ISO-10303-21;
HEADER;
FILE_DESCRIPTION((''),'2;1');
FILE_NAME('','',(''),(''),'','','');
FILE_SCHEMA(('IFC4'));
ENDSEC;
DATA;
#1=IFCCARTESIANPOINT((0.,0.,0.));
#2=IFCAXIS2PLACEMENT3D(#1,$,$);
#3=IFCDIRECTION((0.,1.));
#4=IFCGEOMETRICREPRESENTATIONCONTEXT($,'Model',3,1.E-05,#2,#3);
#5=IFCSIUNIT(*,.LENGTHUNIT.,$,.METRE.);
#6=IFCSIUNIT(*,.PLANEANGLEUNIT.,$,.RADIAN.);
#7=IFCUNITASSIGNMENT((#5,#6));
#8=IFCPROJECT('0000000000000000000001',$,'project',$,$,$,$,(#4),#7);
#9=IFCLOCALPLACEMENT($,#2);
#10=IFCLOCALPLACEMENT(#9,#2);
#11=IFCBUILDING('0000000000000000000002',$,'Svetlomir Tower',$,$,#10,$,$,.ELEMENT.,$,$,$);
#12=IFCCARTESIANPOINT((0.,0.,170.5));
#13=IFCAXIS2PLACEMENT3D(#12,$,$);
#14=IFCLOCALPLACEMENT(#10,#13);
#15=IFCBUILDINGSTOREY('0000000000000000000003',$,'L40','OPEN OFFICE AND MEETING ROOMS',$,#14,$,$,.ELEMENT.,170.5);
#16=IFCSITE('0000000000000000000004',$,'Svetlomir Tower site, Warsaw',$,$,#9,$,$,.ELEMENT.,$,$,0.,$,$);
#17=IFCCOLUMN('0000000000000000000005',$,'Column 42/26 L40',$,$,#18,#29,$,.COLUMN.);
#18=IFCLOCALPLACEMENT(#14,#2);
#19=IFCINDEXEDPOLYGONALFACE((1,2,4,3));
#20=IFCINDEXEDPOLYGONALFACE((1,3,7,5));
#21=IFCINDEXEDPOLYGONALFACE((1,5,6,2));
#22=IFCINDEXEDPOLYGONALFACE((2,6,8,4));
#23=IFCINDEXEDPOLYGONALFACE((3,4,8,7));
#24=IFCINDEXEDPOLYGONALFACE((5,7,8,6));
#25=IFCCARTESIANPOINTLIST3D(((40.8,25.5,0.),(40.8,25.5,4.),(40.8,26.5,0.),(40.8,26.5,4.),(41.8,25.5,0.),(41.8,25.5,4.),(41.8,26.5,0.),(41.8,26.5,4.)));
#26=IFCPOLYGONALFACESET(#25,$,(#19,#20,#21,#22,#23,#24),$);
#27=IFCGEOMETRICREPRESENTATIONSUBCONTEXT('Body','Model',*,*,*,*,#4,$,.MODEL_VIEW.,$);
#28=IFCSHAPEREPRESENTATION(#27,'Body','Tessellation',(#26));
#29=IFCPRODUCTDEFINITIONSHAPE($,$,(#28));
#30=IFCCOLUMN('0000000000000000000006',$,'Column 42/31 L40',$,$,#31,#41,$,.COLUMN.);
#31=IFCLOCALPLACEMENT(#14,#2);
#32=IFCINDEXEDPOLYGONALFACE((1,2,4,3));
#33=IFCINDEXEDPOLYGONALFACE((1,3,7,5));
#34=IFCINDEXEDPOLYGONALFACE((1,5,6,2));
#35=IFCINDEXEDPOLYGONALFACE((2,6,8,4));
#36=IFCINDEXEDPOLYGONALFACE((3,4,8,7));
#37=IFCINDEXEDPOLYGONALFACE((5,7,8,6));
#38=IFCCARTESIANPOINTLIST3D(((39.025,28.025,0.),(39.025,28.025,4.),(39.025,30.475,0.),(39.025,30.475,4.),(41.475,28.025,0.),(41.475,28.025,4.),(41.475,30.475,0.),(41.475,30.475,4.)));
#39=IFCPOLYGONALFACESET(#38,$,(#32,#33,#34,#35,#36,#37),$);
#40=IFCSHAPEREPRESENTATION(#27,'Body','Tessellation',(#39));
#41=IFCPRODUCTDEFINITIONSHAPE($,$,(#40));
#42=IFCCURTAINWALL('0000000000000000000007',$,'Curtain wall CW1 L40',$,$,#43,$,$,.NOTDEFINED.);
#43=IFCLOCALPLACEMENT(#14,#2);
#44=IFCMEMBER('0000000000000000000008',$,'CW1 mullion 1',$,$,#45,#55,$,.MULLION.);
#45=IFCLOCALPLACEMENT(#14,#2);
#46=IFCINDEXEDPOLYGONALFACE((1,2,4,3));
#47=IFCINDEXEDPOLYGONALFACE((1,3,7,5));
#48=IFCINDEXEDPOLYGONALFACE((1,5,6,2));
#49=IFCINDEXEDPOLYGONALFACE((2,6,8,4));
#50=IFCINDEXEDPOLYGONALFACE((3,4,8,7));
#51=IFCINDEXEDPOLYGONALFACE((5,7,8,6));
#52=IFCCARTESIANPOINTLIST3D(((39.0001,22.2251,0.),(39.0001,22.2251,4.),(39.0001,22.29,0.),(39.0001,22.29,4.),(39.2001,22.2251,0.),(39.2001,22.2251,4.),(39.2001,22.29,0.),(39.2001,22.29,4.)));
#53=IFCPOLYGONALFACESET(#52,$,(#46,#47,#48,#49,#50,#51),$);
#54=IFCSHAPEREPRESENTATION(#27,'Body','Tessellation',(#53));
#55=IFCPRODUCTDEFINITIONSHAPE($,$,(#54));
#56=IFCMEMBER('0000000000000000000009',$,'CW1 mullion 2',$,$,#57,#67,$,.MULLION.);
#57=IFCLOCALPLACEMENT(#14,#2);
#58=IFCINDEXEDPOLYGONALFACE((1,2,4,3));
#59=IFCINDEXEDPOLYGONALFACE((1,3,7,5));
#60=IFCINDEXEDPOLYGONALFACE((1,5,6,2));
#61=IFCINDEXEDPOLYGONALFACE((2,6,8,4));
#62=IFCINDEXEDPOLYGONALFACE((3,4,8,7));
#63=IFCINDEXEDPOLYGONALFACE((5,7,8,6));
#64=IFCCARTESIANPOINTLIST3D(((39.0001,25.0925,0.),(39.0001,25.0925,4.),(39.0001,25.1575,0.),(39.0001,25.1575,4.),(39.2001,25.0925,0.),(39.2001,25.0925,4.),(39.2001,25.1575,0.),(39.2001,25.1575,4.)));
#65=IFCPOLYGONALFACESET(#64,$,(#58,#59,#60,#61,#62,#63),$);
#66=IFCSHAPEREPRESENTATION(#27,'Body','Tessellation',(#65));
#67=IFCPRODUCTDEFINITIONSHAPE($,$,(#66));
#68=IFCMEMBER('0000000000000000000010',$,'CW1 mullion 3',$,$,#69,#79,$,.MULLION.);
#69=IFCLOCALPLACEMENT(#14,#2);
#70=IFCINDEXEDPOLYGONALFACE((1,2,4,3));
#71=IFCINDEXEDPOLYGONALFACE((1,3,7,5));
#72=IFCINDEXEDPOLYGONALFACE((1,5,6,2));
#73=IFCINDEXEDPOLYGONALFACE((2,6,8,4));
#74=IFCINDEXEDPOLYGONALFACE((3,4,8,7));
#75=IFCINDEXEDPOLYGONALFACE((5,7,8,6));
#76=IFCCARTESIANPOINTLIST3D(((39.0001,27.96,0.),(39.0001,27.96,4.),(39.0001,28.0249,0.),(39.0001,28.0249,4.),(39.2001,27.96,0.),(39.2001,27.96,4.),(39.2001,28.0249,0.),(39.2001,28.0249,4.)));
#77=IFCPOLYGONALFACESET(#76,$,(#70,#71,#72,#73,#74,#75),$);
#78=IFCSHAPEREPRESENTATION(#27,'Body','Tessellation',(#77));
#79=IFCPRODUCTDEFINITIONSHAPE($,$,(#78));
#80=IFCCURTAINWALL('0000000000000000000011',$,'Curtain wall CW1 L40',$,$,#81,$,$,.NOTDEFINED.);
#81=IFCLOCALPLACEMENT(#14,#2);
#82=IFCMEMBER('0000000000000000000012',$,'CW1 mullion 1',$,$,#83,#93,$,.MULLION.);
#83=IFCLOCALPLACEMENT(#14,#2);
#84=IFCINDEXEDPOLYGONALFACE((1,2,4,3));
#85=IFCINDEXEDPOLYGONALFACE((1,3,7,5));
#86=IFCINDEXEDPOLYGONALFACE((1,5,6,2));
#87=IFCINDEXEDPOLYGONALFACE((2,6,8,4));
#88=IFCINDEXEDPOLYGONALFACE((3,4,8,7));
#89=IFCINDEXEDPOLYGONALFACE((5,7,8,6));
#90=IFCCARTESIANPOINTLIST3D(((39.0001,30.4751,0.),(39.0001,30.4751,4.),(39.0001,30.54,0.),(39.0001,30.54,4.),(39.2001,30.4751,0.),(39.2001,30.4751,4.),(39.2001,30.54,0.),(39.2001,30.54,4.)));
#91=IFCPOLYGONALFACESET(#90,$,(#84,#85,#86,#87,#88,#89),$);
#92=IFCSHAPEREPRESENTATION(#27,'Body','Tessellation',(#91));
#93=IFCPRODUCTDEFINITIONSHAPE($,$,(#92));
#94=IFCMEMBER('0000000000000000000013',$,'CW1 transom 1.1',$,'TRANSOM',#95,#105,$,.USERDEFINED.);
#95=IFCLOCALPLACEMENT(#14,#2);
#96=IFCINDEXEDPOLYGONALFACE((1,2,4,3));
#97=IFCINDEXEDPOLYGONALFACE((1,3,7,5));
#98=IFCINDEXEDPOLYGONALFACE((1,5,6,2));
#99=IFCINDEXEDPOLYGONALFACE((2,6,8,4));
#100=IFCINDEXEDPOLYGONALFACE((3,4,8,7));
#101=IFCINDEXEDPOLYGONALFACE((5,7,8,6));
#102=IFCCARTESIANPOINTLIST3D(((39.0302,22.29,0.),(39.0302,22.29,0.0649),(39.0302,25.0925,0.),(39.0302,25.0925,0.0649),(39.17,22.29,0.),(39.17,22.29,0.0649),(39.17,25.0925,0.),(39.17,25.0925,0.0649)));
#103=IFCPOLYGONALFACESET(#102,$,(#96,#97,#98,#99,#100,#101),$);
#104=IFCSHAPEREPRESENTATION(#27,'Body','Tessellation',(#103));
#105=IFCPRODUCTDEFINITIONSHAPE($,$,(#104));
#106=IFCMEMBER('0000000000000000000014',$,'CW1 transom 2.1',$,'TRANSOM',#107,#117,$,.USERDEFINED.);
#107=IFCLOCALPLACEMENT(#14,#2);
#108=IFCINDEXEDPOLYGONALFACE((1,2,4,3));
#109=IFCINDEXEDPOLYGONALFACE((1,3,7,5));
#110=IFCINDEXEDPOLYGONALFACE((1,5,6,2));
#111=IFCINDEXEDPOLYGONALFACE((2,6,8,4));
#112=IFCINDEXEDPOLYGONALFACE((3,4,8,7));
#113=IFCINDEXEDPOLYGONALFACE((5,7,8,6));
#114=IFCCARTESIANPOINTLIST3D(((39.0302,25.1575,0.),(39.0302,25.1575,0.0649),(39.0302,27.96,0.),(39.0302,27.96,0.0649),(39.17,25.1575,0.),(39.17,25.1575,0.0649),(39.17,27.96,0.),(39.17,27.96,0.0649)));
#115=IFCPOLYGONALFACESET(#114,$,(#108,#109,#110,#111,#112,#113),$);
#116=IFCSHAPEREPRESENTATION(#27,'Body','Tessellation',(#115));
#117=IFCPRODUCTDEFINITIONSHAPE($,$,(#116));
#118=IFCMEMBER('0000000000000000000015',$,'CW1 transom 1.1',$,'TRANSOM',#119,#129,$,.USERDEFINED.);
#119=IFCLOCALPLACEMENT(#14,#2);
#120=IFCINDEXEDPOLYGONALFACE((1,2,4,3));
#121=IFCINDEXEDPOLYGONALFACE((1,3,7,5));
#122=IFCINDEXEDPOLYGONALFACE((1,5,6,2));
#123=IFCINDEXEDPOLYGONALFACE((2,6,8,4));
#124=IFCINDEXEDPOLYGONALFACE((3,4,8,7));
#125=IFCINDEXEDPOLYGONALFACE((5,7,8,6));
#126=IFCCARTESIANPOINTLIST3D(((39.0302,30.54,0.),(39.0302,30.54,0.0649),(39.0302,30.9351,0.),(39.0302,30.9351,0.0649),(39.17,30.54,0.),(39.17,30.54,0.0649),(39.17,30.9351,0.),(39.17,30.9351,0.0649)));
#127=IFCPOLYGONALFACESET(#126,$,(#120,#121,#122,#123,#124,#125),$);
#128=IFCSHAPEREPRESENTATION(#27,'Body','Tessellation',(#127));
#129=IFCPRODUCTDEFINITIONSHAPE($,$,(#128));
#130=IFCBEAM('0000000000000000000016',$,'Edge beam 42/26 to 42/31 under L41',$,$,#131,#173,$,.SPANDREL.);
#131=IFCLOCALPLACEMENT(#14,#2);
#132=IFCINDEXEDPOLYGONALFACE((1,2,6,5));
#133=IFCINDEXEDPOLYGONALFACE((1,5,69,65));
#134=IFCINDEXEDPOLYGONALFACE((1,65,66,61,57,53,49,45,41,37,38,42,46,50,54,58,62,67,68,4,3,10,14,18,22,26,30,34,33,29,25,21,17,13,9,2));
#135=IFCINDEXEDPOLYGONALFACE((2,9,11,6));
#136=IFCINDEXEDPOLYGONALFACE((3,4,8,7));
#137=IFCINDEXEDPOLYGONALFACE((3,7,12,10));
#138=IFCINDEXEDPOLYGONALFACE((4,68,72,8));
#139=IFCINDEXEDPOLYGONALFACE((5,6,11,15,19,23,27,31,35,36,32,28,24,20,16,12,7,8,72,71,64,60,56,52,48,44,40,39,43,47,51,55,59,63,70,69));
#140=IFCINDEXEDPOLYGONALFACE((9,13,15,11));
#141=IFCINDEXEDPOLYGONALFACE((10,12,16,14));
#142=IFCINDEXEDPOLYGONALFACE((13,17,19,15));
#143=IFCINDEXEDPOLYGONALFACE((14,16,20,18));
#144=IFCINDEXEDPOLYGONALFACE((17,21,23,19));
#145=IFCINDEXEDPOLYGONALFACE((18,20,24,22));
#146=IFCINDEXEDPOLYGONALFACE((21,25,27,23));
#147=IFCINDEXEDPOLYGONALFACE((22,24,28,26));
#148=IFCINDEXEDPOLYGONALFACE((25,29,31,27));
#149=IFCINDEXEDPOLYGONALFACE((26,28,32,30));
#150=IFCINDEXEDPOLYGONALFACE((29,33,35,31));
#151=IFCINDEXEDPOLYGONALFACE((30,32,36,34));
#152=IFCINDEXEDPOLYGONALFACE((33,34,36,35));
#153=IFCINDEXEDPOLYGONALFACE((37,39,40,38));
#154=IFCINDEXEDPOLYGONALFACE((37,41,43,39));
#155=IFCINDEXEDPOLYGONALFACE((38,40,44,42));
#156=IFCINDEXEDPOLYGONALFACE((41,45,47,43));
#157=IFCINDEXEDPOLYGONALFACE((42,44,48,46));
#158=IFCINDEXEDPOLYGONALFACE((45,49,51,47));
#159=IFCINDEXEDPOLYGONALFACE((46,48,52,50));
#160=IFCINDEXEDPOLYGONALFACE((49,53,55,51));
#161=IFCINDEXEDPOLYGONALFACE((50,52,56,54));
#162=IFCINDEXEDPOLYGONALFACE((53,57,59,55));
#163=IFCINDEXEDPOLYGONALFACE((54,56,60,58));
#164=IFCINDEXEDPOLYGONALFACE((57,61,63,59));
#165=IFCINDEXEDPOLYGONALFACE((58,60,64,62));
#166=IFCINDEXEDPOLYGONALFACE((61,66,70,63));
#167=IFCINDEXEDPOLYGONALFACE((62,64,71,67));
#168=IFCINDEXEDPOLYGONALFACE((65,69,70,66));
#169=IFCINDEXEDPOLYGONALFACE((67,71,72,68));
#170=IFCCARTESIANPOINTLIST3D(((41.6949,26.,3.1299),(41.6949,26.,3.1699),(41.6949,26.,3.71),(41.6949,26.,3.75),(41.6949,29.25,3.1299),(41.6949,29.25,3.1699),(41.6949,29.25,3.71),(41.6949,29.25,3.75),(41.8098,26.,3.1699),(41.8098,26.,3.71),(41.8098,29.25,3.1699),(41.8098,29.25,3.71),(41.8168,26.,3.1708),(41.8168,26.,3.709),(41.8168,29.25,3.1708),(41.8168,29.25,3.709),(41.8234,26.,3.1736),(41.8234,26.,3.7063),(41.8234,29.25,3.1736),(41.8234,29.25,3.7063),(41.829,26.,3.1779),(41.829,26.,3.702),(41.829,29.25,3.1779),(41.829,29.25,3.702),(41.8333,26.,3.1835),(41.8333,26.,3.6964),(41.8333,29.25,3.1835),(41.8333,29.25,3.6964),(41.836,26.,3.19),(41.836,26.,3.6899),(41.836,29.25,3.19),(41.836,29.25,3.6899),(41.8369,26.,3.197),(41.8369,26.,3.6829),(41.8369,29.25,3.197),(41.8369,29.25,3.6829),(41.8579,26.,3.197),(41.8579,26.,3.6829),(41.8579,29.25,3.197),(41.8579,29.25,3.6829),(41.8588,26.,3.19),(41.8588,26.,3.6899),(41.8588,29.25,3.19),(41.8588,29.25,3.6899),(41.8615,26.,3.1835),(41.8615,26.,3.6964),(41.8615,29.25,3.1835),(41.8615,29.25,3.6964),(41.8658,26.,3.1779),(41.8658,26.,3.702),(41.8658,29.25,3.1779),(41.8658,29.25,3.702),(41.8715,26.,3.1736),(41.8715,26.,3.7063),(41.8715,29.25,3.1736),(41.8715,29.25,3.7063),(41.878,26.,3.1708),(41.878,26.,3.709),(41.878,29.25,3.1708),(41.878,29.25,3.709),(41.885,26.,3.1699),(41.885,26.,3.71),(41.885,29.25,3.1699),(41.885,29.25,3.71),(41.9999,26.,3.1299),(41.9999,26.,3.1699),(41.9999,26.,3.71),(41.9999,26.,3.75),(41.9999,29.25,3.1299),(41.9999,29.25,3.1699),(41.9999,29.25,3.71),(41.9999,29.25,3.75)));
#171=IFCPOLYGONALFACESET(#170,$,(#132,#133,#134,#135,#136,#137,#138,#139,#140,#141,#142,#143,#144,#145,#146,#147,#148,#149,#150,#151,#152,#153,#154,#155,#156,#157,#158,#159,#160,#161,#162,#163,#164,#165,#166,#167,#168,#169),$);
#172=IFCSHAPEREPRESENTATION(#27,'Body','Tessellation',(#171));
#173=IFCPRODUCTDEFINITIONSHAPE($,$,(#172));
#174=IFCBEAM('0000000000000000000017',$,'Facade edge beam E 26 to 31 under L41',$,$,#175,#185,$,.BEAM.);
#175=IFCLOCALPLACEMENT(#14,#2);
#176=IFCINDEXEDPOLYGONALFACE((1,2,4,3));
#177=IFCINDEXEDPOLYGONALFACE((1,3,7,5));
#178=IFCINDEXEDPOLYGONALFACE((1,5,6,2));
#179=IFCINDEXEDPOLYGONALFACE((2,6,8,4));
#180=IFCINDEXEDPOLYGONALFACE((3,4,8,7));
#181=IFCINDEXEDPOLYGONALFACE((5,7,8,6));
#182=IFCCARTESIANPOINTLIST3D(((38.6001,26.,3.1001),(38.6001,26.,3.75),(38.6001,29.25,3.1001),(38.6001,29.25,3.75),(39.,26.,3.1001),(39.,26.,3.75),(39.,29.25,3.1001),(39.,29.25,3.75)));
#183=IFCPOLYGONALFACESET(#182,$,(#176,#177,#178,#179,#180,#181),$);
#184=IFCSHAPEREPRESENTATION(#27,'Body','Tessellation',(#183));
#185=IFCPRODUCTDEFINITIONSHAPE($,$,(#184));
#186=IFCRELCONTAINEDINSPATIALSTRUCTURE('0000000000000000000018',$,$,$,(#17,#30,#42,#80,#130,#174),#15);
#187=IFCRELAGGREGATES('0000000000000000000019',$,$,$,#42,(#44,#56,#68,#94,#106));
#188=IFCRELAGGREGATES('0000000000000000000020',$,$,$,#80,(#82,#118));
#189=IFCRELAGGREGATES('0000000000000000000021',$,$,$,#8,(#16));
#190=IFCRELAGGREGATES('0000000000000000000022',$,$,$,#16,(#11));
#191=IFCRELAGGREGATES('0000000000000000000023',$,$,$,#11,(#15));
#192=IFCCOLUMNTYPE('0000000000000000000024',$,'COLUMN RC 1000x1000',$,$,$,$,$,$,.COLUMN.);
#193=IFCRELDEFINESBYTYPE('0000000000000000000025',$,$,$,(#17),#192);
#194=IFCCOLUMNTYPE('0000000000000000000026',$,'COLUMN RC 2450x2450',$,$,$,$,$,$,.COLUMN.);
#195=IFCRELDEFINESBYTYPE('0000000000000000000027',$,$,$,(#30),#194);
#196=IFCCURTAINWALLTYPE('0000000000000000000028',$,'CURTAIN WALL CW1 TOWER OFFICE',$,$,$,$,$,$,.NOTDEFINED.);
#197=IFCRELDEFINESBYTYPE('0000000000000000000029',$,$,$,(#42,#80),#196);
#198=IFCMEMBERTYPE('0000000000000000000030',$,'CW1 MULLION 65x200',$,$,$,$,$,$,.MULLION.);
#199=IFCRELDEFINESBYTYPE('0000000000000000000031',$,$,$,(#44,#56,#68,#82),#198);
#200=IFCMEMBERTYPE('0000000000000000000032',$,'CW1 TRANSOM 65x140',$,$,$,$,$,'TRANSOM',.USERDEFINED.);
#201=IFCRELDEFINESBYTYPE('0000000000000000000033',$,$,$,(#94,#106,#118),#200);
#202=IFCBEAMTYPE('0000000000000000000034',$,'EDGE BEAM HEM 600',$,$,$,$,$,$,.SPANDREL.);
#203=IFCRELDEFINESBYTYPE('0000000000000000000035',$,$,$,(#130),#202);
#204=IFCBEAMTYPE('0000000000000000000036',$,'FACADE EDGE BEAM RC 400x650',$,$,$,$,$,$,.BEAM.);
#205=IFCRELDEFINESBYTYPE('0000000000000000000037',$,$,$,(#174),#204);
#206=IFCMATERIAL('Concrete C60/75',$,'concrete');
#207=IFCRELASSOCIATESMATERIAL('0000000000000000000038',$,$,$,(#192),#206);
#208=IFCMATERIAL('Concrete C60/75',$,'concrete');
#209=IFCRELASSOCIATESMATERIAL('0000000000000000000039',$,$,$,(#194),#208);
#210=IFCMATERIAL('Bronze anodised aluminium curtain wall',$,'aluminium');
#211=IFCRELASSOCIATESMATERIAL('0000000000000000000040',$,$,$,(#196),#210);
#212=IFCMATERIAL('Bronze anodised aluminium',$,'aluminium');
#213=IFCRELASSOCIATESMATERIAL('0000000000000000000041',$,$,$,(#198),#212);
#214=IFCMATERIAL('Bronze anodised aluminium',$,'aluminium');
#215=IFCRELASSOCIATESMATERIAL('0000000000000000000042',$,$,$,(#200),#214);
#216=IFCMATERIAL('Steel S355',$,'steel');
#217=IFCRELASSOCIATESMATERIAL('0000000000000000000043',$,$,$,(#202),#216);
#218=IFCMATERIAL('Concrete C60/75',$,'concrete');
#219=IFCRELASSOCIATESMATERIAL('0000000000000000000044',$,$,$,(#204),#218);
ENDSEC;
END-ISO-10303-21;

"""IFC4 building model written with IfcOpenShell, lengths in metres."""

from ifc_helpers import new_model, si_unit, direction, frame, origin, origin_2d, place, context, subcontext, project, spatial, rectangle, i_section, extrude, material, material_profile, profile_set, type_object, element, aggregate, save


model = new_model("IFC4")

# Units and contexts
model_context = context("Model", 3, precision=1e-05, world=origin(), true_north=direction((0.0, 1.0)))
body_context = subcontext(model_context, "Body", "Model", "MODEL_VIEW")
ifc_project = project(units=[si_unit("LENGTHUNIT", "METRE"), si_unit("PLANEANGLEUNIT", "RADIAN")], contexts=[model_context])

# Site, building, storey
site_placement = place(None, origin())
site = spatial("IfcSite", under=ifc_project, at=site_placement, Name="Svetlomir Tower site, Warsaw", CompositionType="ELEMENT", RefElevation=0.0)
building_placement = place(site_placement, origin())
building = spatial("IfcBuilding", under=site, at=building_placement, Name="Svetlomir Tower", CompositionType="ELEMENT")
storey_placement = place(building_placement, frame((0.0, 0.0, 170.5)))
storey = spatial("IfcBuildingStorey", under=building, at=storey_placement, Name="L40", Description="OPEN OFFICE AND MEETING ROOMS", CompositionType="ELEMENT", Elevation=170.5)

# Columns
ifc_material_1 = material(Name="Concrete C60/75", Category="concrete")
ifc_material_profile_1 = material_profile(ifc_material_1, rectangle(XDim=1.0, YDim=1.0, at=origin_2d()), Name="RC 1000x1000")
ifc_profile_set_1 = profile_set([ifc_material_profile_1], Name="Concrete C60/75")
column_type_1 = type_object("IfcColumnType", Name="COLUMN RC 1000x1000", PredefinedType="COLUMN", material=ifc_profile_set_1)
column_1_placement = place(storey_placement, frame((41.3, 26.0, 0.0), z_axis=(0.0, 0.0, 1.0), x_axis=(1.0, 0.0, 0.0)))
element("IfcColumn", 1, at=column_1_placement, inside=storey, type_object=column_type_1, Name="Column 42/26 L40", PredefinedType="COLUMN", context=body_context, shape_type="SweptSolid", body=[
    extrude(rectangle(XDim=1.0, YDim=1.0, at=origin_2d()), origin(), (0.0, 0.0, 1.0), 4.0),
])
ifc_material_2 = material(Name="Concrete C60/75", Category="concrete")
ifc_material_profile_2 = material_profile(ifc_material_2, rectangle(XDim=2.45, YDim=2.45, at=origin_2d()), Name="RC 2450x2450")
ifc_profile_set_2 = profile_set([ifc_material_profile_2], Name="Concrete C60/75")
column_type_2 = type_object("IfcColumnType", Name="COLUMN RC 2450x2450", PredefinedType="COLUMN", material=ifc_profile_set_2)
column_2_placement = place(storey_placement, frame((40.25, 29.25, 0.0), z_axis=(0.0, 0.0, 1.0), x_axis=(1.0, 0.0, 0.0)))
element("IfcColumn", 2, at=column_2_placement, inside=storey, type_object=column_type_2, Name="Column 42/31 L40", PredefinedType="COLUMN", context=body_context, shape_type="SweptSolid", body=[
    extrude(rectangle(XDim=2.45, YDim=2.45, at=origin_2d()), origin(), (0.0, 0.0, 1.0), 4.0),
])

# Curtain wall, members
ifc_material_3 = material(Name="Bronze anodised aluminium curtain wall", Category="aluminium")
curtain_wall_type = type_object("IfcCurtainWallType", Name="CURTAIN WALL CW1 TOWER OFFICE", PredefinedType="NOTDEFINED", material=ifc_material_3)
curtain_wall_1_placement = place(storey_placement, origin())
curtain_wall_1 = element("IfcCurtainWall", 3, at=curtain_wall_1_placement, inside=storey, type_object=curtain_wall_type, Name="Curtain wall CW1 L40", PredefinedType="NOTDEFINED")
ifc_material_4 = material(Name="Bronze anodised aluminium", Category="aluminium")
ifc_material_profile_3 = material_profile(ifc_material_4, rectangle(XDim=0.0649, YDim=0.2, at=origin_2d()), Name="AL 65x200")
ifc_profile_set_3 = profile_set([ifc_material_profile_3], Name="Bronze anodised aluminium 6063-T6")
member_type_1 = type_object("IfcMemberType", Name="CW1 MULLION 65x200", PredefinedType="MULLION", material=ifc_profile_set_3)
member_1_placement = place(storey_placement, frame((39.1001, 22.2576, 0.0), z_axis=(0.0, 0.0, 1.0), x_axis=(0.0, 1.0, 0.0)))
member_1 = element("IfcMember", 4, at=member_1_placement, type_object=member_type_1, Name="CW1 mullion 1", PredefinedType="MULLION", context=body_context, shape_type="SweptSolid", body=[
    extrude(rectangle(XDim=0.0649, YDim=0.2, at=origin_2d()), origin(), (0.0, 0.0, 1.0), 4.0),
])
member_2_placement = place(storey_placement, frame((39.1001, 25.125, 0.0), z_axis=(0.0, 0.0, 1.0), x_axis=(0.0, 1.0, 0.0)))
member_2 = element("IfcMember", 5, at=member_2_placement, type_object=member_type_1, Name="CW1 mullion 2", PredefinedType="MULLION", context=body_context, shape_type="SweptSolid", body=[
    extrude(rectangle(XDim=0.0649, YDim=0.2, at=origin_2d()), origin(), (0.0, 0.0, 1.0), 4.0),
])
member_3_placement = place(storey_placement, frame((39.1001, 27.9924, 0.0), z_axis=(0.0, 0.0, 1.0), x_axis=(0.0, 1.0, 0.0)))
member_3 = element("IfcMember", 6, at=member_3_placement, type_object=member_type_1, Name="CW1 mullion 3", PredefinedType="MULLION", context=body_context, shape_type="SweptSolid", body=[
    extrude(rectangle(XDim=0.0649, YDim=0.2, at=origin_2d()), origin(), (0.0, 0.0, 1.0), 4.0),
])

# Curtain wall, member
curtain_wall_2_placement = place(storey_placement, origin())
curtain_wall_2 = element("IfcCurtainWall", 7, at=curtain_wall_2_placement, inside=storey, type_object=curtain_wall_type, Name="Curtain wall CW1 L40", PredefinedType="NOTDEFINED")
member_4_placement = place(storey_placement, frame((39.1001, 30.5076, 0.0), z_axis=(0.0, 0.0, 1.0), x_axis=(0.0, 1.0, 0.0)))
member_4 = element("IfcMember", 8, at=member_4_placement, type_object=member_type_1, Name="CW1 mullion 1", PredefinedType="MULLION", context=body_context, shape_type="SweptSolid", body=[
    extrude(rectangle(XDim=0.0649, YDim=0.2, at=origin_2d()), origin(), (0.0, 0.0, 1.0), 4.0),
])

# Members
ifc_material_5 = material(Name="Bronze anodised aluminium", Category="aluminium")
ifc_material_profile_4 = material_profile(ifc_material_5, rectangle(XDim=0.1399, YDim=0.0649, at=origin_2d()), Name="AL 140x65")
ifc_profile_set_4 = profile_set([ifc_material_profile_4], Name="Bronze anodised aluminium 6063-T6")
member_type_2 = type_object("IfcMemberType", Name="CW1 TRANSOM 65x140", ElementType="TRANSOM", PredefinedType="USERDEFINED", material=ifc_profile_set_4)
member_5_placement = place(storey_placement, frame((39.1001, 22.29, 0.0325), z_axis=(0.0, 1.0, 0.0), x_axis=(-1.0, 0.0, 0.0)))
member_5 = element("IfcMember", 9, at=member_5_placement, type_object=member_type_2, Name="CW1 transom 1.1", ObjectType="TRANSOM", PredefinedType="USERDEFINED", context=body_context, shape_type="SweptSolid", body=[
    extrude(rectangle(XDim=0.1399, YDim=0.0649, at=origin_2d()), origin(), (0.0, 0.0, 1.0), 2.8025),
])
member_6_placement = place(storey_placement, frame((39.1001, 25.1575, 0.0325), z_axis=(0.0, 1.0, 0.0), x_axis=(-1.0, 0.0, 0.0)))
member_6 = element("IfcMember", 10, at=member_6_placement, type_object=member_type_2, Name="CW1 transom 2.1", ObjectType="TRANSOM", PredefinedType="USERDEFINED", context=body_context, shape_type="SweptSolid", body=[
    extrude(rectangle(XDim=0.1399, YDim=0.0649, at=origin_2d()), origin(), (0.0, 0.0, 1.0), 2.8025),
])
member_7_placement = place(storey_placement, frame((39.1001, 30.54, 0.0325), z_axis=(0.0, 1.0, 0.0), x_axis=(-1.0, 0.0, 0.0)))
member_7 = element("IfcMember", 11, at=member_7_placement, type_object=member_type_2, Name="CW1 transom 1.1", ObjectType="TRANSOM", PredefinedType="USERDEFINED", context=body_context, shape_type="SweptSolid", body=[
    extrude(rectangle(XDim=0.1399, YDim=0.0649, at=origin_2d()), origin(), (0.0, 0.0, 1.0), 0.395),
])

# Beams
ifc_material_6 = material(Name="Steel S355", Category="steel")
ifc_material_profile_5 = material_profile(ifc_material_6, i_section(OverallWidth=0.3049, OverallDepth=0.6201, WebThickness=0.021, FlangeThickness=0.04, FilletRadius=0.0271, at=origin_2d()), Name="HEM 600")
ifc_profile_set_5 = profile_set([ifc_material_profile_5], Name="Steel S355")
beam_type_1 = type_object("IfcBeamType", Name="EDGE BEAM HEM 600", PredefinedType="SPANDREL", material=ifc_profile_set_5)
beam_1_placement = place(storey_placement, frame((41.8474, 26.0, 3.4399), z_axis=(0.0, 1.0, 0.0), x_axis=(-1.0, 0.0, 0.0)))
element("IfcBeam", 12, at=beam_1_placement, inside=storey, type_object=beam_type_1, Name="Edge beam 42/26 to 42/31 under L41", PredefinedType="SPANDREL", context=body_context, shape_type="SweptSolid", body=[
    extrude(i_section(OverallWidth=0.3049, OverallDepth=0.6201, WebThickness=0.021, FlangeThickness=0.04, FilletRadius=0.0271, at=origin_2d()), origin(), (0.0, 0.0, 1.0), 3.25),
])
ifc_material_7 = material(Name="Concrete C60/75", Category="concrete")
ifc_material_profile_6 = material_profile(ifc_material_7, rectangle(XDim=0.3999, YDim=0.6499, at=origin_2d()), Name="RC 400x650")
ifc_profile_set_6 = profile_set([ifc_material_profile_6], Name="Concrete C60/75")
beam_type_2 = type_object("IfcBeamType", Name="FACADE EDGE BEAM RC 400x650", PredefinedType="BEAM", material=ifc_profile_set_6)
beam_2_placement = place(storey_placement, frame((38.8, 26.0, 3.425), z_axis=(0.0, 1.0, 0.0), x_axis=(-1.0, 0.0, 0.0)))
element("IfcBeam", 13, at=beam_2_placement, inside=storey, type_object=beam_type_2, Name="Facade edge beam E 26 to 31 under L41", PredefinedType="BEAM", context=body_context, shape_type="SweptSolid", body=[
    extrude(rectangle(XDim=0.3999, YDim=0.6499, at=origin_2d()), origin(), (0.0, 0.0, 1.0), 3.25),
])

aggregate(curtain_wall_1, [member_1, member_2, member_3, member_5, member_6])
aggregate(curtain_wall_2, [member_4, member_7])

save(model, "model.ifc")
